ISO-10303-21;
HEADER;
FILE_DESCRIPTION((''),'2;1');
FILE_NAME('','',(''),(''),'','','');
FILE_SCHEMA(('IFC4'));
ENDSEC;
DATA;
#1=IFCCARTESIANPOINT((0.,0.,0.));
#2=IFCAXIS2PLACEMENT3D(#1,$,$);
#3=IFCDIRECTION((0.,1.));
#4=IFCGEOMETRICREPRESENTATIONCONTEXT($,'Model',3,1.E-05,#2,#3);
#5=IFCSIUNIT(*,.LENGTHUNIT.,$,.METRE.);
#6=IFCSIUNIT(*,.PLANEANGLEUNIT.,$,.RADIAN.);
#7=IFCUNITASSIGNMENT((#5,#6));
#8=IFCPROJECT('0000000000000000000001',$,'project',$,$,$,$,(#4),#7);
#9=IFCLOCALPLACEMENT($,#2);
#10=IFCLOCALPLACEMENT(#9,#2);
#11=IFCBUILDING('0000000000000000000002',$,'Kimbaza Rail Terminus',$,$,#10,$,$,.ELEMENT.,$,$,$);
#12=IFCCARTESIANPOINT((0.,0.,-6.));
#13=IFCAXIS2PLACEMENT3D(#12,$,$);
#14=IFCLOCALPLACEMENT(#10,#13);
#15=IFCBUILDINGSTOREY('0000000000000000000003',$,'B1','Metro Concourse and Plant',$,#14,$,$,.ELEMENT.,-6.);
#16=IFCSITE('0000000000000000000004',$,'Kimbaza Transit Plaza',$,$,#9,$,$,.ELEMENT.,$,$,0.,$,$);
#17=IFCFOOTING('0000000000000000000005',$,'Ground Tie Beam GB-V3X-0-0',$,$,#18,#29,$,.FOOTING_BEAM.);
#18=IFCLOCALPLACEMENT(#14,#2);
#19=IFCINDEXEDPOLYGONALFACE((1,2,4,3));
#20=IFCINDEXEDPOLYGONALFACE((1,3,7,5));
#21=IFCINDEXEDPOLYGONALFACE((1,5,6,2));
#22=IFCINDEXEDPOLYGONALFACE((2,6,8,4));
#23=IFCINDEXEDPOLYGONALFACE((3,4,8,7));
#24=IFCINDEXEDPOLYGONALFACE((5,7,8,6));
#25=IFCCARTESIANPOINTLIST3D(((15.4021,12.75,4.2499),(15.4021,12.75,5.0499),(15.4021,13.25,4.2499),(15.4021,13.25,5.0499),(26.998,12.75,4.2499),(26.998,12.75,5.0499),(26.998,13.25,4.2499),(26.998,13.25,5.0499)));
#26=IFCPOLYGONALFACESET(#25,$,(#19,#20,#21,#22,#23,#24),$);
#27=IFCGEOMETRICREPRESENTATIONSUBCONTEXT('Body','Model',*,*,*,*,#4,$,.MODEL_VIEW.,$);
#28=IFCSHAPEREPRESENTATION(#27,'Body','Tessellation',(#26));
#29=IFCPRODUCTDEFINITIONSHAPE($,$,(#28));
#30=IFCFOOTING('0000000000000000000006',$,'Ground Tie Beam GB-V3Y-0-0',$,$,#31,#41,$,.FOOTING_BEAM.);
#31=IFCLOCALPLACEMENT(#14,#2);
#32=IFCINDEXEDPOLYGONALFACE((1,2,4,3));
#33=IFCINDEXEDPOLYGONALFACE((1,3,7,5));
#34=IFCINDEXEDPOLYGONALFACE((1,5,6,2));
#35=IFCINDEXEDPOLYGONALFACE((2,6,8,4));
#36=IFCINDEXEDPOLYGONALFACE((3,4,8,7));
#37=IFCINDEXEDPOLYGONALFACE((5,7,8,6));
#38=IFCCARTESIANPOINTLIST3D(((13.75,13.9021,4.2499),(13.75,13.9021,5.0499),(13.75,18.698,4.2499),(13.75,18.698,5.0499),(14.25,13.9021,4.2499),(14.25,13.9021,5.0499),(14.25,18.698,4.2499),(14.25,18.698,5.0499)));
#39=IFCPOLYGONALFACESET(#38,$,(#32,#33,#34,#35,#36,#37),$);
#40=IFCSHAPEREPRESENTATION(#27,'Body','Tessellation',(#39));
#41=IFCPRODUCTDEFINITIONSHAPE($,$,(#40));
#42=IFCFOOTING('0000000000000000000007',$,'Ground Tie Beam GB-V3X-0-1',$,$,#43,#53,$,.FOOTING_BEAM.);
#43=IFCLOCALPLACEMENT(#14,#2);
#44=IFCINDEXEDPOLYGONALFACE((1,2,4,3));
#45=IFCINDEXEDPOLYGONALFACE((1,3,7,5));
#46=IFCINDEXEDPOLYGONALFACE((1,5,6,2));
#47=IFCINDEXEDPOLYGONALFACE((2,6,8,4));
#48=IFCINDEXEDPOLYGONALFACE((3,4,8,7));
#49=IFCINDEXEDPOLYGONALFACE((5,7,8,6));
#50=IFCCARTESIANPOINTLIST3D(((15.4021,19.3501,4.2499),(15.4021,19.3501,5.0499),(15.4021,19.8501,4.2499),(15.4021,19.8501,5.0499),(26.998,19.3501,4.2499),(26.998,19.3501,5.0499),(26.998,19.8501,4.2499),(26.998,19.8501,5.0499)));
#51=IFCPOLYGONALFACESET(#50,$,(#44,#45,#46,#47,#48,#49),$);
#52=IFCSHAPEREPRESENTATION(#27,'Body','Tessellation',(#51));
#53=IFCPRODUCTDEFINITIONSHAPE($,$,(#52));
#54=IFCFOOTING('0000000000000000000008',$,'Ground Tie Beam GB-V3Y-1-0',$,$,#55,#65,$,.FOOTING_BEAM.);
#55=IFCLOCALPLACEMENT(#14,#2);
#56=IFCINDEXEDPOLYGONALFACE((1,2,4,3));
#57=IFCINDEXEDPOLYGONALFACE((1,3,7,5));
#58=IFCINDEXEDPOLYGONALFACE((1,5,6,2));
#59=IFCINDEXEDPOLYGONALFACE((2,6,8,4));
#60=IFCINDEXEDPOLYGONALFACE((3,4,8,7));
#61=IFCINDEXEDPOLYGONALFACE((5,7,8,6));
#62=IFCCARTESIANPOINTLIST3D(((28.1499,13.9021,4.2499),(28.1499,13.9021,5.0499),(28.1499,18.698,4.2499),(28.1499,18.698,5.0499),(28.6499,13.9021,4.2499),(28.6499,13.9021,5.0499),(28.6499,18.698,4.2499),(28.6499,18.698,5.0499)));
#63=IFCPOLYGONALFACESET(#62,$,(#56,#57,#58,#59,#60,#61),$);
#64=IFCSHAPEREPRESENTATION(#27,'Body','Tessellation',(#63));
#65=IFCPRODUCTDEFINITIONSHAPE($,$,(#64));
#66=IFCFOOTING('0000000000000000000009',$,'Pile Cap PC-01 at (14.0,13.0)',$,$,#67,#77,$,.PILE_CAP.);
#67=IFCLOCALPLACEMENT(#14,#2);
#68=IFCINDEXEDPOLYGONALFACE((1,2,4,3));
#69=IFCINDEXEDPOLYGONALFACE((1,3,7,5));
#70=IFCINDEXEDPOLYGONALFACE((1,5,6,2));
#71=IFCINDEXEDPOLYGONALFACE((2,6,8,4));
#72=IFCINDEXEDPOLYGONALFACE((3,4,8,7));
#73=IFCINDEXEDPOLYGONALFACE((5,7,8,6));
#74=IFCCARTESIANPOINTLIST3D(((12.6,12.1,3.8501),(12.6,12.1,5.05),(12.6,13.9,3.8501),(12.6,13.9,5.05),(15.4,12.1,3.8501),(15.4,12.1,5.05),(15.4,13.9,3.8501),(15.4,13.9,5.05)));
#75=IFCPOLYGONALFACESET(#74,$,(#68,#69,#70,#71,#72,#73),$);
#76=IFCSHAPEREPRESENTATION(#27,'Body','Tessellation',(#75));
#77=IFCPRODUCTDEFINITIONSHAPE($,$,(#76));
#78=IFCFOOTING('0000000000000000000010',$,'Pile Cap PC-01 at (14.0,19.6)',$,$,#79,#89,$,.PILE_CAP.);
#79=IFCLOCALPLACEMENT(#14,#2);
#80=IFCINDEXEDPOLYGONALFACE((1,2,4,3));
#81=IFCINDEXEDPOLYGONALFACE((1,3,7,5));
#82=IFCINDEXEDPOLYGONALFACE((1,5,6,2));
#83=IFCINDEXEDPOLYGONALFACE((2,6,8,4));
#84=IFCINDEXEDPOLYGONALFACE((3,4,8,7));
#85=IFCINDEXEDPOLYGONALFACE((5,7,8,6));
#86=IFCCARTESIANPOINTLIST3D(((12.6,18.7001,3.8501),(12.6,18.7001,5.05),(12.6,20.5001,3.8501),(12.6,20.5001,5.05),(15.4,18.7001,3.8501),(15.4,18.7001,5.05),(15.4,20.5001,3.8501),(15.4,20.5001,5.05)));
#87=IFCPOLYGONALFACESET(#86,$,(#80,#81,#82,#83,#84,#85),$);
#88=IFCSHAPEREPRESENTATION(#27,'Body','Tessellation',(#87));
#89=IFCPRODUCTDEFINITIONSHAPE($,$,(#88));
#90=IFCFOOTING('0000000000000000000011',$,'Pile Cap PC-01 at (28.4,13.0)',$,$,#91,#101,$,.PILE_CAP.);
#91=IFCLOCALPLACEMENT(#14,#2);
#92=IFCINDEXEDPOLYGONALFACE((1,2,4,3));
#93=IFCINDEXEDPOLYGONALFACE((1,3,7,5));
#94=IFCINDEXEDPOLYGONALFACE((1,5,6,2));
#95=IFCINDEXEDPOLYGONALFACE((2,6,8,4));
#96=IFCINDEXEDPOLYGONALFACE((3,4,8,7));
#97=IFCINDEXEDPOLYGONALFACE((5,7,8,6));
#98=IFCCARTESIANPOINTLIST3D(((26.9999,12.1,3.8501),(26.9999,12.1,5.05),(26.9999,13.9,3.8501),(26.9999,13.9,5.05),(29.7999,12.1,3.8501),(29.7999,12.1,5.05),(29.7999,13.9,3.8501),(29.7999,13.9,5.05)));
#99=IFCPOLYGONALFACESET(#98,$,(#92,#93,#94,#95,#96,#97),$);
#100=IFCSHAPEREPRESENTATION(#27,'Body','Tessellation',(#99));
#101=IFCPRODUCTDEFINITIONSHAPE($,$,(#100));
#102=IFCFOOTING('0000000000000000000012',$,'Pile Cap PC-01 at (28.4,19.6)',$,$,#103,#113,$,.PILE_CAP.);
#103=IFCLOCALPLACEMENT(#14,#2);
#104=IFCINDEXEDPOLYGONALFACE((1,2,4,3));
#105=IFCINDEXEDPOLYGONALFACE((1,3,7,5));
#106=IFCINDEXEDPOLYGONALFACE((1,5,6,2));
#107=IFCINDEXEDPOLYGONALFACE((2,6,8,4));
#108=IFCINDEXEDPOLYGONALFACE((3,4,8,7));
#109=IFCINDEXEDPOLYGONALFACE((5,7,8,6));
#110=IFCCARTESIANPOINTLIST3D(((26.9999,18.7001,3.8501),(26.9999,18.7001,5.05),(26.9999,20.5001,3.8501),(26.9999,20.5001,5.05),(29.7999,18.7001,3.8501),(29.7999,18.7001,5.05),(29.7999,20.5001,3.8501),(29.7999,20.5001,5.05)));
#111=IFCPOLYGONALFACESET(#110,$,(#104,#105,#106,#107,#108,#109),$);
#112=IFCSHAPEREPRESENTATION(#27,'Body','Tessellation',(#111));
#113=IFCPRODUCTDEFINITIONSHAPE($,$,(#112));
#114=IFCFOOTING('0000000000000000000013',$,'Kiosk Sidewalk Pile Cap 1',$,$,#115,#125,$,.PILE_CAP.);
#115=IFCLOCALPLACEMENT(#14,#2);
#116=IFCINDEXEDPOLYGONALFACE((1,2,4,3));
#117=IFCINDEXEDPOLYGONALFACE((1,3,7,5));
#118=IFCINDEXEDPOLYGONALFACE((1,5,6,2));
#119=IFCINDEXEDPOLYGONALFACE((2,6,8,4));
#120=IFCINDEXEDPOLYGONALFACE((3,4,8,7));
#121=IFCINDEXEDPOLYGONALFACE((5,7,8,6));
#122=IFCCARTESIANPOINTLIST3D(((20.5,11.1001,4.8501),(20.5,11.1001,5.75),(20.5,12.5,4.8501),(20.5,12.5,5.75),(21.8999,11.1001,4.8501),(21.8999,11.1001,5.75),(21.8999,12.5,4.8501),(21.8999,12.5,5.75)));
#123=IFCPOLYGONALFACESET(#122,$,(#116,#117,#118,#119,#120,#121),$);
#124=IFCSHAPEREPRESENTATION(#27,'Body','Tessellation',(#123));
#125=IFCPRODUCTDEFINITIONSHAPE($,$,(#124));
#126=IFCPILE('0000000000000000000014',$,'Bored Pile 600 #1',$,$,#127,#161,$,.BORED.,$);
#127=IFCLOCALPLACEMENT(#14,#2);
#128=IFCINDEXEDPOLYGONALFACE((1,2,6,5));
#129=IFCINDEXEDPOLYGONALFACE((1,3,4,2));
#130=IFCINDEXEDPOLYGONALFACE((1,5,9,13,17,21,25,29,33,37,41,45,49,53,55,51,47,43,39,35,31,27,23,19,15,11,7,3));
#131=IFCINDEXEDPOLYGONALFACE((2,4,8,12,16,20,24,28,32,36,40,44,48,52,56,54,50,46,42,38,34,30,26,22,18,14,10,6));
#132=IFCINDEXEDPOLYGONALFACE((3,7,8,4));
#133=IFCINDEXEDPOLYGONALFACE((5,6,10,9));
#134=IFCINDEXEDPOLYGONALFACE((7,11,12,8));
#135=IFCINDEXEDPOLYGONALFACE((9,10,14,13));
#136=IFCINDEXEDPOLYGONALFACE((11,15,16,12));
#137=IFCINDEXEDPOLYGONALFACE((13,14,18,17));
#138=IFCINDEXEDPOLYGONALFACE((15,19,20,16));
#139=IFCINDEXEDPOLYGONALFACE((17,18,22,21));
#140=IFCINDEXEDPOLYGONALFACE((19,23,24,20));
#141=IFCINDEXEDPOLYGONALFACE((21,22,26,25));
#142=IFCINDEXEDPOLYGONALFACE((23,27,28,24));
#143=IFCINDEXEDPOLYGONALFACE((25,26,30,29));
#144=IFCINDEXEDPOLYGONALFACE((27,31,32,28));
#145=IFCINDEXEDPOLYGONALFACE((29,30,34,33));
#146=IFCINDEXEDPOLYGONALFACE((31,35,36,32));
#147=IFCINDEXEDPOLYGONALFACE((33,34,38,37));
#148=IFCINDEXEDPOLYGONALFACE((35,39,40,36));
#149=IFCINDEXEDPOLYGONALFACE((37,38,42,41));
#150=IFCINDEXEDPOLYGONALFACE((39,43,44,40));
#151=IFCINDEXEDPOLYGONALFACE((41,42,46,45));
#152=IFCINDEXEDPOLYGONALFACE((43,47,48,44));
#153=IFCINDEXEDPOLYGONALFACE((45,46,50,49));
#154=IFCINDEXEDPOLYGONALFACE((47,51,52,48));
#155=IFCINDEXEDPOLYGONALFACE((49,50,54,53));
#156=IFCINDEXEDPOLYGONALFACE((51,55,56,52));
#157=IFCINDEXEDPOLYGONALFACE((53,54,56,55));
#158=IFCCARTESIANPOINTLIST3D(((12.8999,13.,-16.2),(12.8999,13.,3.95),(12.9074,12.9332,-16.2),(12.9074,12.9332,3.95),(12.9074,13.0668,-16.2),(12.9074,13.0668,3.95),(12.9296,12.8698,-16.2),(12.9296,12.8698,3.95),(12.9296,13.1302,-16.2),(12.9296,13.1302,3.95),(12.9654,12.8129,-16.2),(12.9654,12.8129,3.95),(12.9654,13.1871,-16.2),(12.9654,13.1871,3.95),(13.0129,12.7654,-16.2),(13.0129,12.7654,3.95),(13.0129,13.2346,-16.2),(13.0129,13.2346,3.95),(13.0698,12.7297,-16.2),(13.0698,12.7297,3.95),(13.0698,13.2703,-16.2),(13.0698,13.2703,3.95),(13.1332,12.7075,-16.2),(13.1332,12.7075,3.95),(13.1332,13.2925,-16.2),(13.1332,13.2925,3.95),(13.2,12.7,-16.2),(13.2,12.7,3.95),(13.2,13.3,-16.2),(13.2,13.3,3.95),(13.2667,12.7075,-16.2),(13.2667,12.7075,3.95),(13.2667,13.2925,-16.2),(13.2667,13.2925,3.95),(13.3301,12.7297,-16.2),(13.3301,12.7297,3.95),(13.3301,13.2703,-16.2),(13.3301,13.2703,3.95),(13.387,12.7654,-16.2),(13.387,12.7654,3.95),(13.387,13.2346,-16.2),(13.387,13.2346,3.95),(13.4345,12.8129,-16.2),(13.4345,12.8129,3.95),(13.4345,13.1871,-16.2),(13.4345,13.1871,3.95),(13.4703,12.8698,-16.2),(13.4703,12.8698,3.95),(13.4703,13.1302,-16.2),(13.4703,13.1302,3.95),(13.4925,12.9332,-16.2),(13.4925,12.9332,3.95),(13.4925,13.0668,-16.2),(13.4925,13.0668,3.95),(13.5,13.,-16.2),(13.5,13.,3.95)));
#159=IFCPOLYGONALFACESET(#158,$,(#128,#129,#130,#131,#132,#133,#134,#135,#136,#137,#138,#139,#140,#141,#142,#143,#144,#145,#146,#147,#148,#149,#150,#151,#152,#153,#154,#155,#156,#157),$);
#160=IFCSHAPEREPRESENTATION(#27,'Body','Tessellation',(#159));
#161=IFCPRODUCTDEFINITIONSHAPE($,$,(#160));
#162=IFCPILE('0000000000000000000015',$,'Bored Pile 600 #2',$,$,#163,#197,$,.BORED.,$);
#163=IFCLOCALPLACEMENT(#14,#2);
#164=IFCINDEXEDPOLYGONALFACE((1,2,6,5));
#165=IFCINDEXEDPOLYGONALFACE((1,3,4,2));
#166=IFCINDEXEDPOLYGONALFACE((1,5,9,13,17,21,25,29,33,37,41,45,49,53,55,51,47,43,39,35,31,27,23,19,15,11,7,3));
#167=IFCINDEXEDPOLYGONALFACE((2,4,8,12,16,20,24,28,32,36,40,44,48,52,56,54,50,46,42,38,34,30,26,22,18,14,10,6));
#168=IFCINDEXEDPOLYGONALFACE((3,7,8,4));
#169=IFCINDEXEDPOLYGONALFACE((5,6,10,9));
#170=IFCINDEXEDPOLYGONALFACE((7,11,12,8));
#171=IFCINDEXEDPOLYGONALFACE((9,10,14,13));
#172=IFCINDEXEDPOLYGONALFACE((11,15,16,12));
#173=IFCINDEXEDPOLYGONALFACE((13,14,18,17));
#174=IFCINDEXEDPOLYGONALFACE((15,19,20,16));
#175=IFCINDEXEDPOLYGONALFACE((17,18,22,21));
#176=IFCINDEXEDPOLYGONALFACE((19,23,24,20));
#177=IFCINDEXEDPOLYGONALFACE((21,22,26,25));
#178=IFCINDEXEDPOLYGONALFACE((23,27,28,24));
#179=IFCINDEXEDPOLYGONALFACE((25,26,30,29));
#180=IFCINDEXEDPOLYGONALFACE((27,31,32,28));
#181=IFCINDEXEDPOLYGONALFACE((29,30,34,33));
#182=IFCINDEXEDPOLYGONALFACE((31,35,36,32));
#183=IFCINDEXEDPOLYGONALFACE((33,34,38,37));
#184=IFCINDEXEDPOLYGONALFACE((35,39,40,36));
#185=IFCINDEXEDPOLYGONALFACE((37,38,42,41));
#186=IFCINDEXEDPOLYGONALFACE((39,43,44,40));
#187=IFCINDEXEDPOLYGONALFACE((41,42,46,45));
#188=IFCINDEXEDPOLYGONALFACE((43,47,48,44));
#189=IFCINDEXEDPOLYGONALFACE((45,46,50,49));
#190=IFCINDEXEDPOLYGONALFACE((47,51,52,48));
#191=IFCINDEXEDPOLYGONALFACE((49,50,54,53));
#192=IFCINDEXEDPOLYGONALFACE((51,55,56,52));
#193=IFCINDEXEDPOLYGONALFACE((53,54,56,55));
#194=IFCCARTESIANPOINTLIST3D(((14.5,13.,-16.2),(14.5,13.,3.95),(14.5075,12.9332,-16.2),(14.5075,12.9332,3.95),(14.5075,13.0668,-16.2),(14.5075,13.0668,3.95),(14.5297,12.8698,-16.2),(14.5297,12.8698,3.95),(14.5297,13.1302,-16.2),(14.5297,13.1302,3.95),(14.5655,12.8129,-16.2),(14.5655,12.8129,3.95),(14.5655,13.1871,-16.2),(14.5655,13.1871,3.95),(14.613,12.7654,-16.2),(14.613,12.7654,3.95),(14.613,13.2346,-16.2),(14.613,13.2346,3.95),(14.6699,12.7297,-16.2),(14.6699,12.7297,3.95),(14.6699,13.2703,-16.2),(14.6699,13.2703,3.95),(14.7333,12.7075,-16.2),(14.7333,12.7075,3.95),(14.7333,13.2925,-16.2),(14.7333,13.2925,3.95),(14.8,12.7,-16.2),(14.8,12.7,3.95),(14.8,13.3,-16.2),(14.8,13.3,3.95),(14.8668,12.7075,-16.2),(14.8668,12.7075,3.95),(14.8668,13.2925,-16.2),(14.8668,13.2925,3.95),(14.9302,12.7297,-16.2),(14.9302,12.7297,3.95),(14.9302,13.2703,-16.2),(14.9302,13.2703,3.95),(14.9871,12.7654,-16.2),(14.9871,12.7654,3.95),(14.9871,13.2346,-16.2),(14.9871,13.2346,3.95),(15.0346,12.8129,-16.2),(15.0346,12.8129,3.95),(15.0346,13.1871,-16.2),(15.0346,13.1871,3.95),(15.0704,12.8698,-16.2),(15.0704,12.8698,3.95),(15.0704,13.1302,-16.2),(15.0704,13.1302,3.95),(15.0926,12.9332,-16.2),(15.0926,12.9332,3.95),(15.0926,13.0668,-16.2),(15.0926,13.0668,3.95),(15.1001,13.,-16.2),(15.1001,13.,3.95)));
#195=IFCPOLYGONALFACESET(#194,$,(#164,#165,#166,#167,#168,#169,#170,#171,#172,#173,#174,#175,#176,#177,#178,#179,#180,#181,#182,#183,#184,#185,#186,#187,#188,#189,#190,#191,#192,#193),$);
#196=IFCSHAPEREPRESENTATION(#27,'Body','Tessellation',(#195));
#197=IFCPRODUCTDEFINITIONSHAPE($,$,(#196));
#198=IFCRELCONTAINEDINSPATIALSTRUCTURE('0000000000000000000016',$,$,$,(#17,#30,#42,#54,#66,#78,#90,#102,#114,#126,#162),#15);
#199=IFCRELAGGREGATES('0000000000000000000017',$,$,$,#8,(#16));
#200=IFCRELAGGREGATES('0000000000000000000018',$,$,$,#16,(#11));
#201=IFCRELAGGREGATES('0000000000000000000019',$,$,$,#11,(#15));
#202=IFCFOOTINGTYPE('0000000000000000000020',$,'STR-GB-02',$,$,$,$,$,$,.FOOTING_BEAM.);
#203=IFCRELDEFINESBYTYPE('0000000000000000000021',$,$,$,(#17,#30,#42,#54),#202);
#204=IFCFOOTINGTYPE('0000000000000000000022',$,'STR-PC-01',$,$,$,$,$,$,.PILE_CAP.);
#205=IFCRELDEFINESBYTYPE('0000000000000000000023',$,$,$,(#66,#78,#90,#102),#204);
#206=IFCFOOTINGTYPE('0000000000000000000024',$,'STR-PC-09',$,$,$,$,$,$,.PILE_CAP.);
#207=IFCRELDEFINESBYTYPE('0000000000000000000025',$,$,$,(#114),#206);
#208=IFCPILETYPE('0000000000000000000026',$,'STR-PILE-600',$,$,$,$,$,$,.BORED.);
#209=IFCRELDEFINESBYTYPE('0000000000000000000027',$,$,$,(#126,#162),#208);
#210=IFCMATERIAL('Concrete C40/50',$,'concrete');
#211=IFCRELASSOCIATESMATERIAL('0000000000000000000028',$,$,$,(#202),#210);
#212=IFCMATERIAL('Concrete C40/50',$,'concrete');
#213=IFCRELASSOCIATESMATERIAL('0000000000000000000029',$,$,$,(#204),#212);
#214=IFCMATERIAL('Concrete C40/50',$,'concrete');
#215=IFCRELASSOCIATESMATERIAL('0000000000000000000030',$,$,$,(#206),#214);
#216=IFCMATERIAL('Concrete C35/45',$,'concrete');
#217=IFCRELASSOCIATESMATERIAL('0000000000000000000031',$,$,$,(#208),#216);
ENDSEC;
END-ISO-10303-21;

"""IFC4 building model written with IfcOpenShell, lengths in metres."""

from ifc_helpers import new_model, si_unit, direction, frame, origin, origin_2d, place, context, subcontext, project, spatial, rectangle, circle, extrude, material, material_profile, profile_set, type_object, element, save


model = new_model("IFC4")

# Units and contexts
model_context = context("Model", 3, precision=1e-05, world=origin(), true_north=direction((0.0, 1.0)))
body_context = subcontext(model_context, "Body", "Model", "MODEL_VIEW")
ifc_project = project(units=[si_unit("LENGTHUNIT", "METRE"), si_unit("PLANEANGLEUNIT", "RADIAN")], contexts=[model_context])

# Site, building, storey
site_placement = place(None, origin())
site = spatial("IfcSite", under=ifc_project, at=site_placement, Name="Kimbaza Transit Plaza", CompositionType="ELEMENT", RefElevation=0.0)
building_placement = place(site_placement, origin())
building = spatial("IfcBuilding", under=site, at=building_placement, Name="Kimbaza Rail Terminus", CompositionType="ELEMENT")
storey_placement = place(building_placement, frame((0.0, 0.0, -6.0)))
storey = spatial("IfcBuildingStorey", under=building, at=storey_placement, Name="B1", Description="Metro Concourse and Plant", CompositionType="ELEMENT", Elevation=-6.0)

# Footings
ifc_material_1 = material(Name="Concrete C40/50", Category="concrete")
ifc_material_profile_1 = material_profile(ifc_material_1, rectangle(XDim=0.5, YDim=0.8, at=origin_2d()), Name="GB-02 500x800")
ifc_profile_set_1 = profile_set([ifc_material_profile_1], Name="Concrete C40/50")
footing_type_1 = type_object("IfcFootingType", Name="STR-GB-02", PredefinedType="FOOTING_BEAM", material=ifc_profile_set_1)
footing_1_placement = place(storey_placement, frame((15.4021, 13.0, 4.6499), z_axis=(1.0, 0.0, 0.0), x_axis=(0.0, 1.0, 0.0)))
element("IfcFooting", 1, at=footing_1_placement, inside=storey, type_object=footing_type_1, Name="Ground Tie Beam GB-V3X-0-0", PredefinedType="FOOTING_BEAM", context=body_context, shape_type="SweptSolid", body=[
    extrude(rectangle(XDim=0.5, YDim=0.8, at=origin_2d()), origin(), (0.0, 0.0, 1.0), 11.5959),
])
footing_2_placement = place(storey_placement, frame((14.0, 13.9021, 4.6499), z_axis=(0.0, 1.0, 0.0), x_axis=(-1.0, 0.0, 0.0)))
element("IfcFooting", 2, at=footing_2_placement, inside=storey, type_object=footing_type_1, Name="Ground Tie Beam GB-V3Y-0-0", PredefinedType="FOOTING_BEAM", context=body_context, shape_type="SweptSolid", body=[
    extrude(rectangle(XDim=0.5, YDim=0.8, at=origin_2d()), origin(), (0.0, 0.0, 1.0), 4.7959),
])
footing_3_placement = place(storey_placement, frame((15.4021, 19.6001, 4.6499), z_axis=(1.0, 0.0, 0.0), x_axis=(0.0, 1.0, 0.0)))
element("IfcFooting", 3, at=footing_3_placement, inside=storey, type_object=footing_type_1, Name="Ground Tie Beam GB-V3X-0-1", PredefinedType="FOOTING_BEAM", context=body_context, shape_type="SweptSolid", body=[
    extrude(rectangle(XDim=0.5, YDim=0.8, at=origin_2d()), origin(), (0.0, 0.0, 1.0), 11.5959),
])
footing_4_placement = place(storey_placement, frame((28.3999, 13.9021, 4.6499), z_axis=(0.0, 1.0, 0.0), x_axis=(-1.0, 0.0, 0.0)))
element("IfcFooting", 4, at=footing_4_placement, inside=storey, type_object=footing_type_1, Name="Ground Tie Beam GB-V3Y-1-0", PredefinedType="FOOTING_BEAM", context=body_context, shape_type="SweptSolid", body=[
    extrude(rectangle(XDim=0.5, YDim=0.8, at=origin_2d()), origin(), (0.0, 0.0, 1.0), 4.7959),
])
ifc_material_2 = material(Name="Concrete C40/50", Category="concrete")
footing_type_2 = type_object("IfcFootingType", Name="STR-PC-01", PredefinedType="PILE_CAP", material=ifc_material_2)
for number, where, z_axis, x_axis, name in (
    (5, (14.0, 13.0, 3.8501), (0.0, 0.0, 1.0), (1.0, 0.0, 0.0), "Pile Cap PC-01 at (14.0,13.0)"),
    (6, (14.0, 19.6001, 3.8501), (0.0, 0.0, 1.0), (1.0, 0.0, 0.0), "Pile Cap PC-01 at (14.0,19.6)"),
    (7, (28.3999, 13.0, 3.8501), (0.0, 0.0, 1.0), (1.0, 0.0, 0.0), "Pile Cap PC-01 at (28.4,13.0)"),
    (8, (28.3999, 19.6001, 3.8501), (0.0, 0.0, 1.0), (1.0, 0.0, 0.0), "Pile Cap PC-01 at (28.4,19.6)"),
):
    element("IfcFooting", number, at=place(storey_placement, frame(where, z_axis=z_axis, x_axis=x_axis)), inside=storey, type_object=footing_type_2, Name=name, PredefinedType="PILE_CAP", context=body_context, shape_type="SweptSolid", body=[
        extrude(rectangle(XDim=2.8, YDim=1.8, at=origin_2d()), origin(), (0.0, 0.0, 1.0), 1.2),
    ])
ifc_material_3 = material(Name="Concrete C40/50", Category="concrete")
footing_type_3 = type_object("IfcFootingType", Name="STR-PC-09", PredefinedType="PILE_CAP", material=ifc_material_3)
footing_5_placement = place(storey_placement, frame((21.2, 11.8, 4.8501), z_axis=(0.0, 0.0, 1.0), x_axis=(1.0, 0.0, 0.0)))
element("IfcFooting", 9, at=footing_5_placement, inside=storey, type_object=footing_type_3, Name="Kiosk Sidewalk Pile Cap 1", PredefinedType="PILE_CAP", context=body_context, shape_type="SweptSolid", body=[
    extrude(rectangle(XDim=1.3999, YDim=1.3999, at=origin_2d()), origin(), (0.0, 0.0, 1.0), 0.8999),
])

# Piles
ifc_material_4 = material(Name="Concrete C35/45", Category="concrete")
ifc_material_profile_2 = material_profile(ifc_material_4, circle(Radius=0.3, at=origin_2d()), Name="BORED PILE 600")
ifc_profile_set_2 = profile_set([ifc_material_profile_2], Name="Concrete C35/45")
pile_type = type_object("IfcPileType", Name="STR-PILE-600", PredefinedType="BORED", material=ifc_profile_set_2)
for number, where, z_axis, x_axis, name in (
    (10, (13.2, 13.0, 3.95), (0.0, 0.0, -1.0), (1.0, 0.0, 0.0), "Bored Pile 600 #1"),
    (11, (14.8, 13.0, 3.95), (0.0, 0.0, -1.0), (1.0, 0.0, 0.0), "Bored Pile 600 #2"),
):
    element("IfcPile", number, at=place(storey_placement, frame(where, z_axis=z_axis, x_axis=x_axis)), inside=storey, type_object=pile_type, Name=name, PredefinedType="BORED", context=body_context, shape_type="SweptSolid", body=[
        extrude(circle(Radius=0.3, at=origin_2d()), origin(), (0.0, 0.0, 1.0), 20.1499),
    ])

save(model, "model.ifc")
